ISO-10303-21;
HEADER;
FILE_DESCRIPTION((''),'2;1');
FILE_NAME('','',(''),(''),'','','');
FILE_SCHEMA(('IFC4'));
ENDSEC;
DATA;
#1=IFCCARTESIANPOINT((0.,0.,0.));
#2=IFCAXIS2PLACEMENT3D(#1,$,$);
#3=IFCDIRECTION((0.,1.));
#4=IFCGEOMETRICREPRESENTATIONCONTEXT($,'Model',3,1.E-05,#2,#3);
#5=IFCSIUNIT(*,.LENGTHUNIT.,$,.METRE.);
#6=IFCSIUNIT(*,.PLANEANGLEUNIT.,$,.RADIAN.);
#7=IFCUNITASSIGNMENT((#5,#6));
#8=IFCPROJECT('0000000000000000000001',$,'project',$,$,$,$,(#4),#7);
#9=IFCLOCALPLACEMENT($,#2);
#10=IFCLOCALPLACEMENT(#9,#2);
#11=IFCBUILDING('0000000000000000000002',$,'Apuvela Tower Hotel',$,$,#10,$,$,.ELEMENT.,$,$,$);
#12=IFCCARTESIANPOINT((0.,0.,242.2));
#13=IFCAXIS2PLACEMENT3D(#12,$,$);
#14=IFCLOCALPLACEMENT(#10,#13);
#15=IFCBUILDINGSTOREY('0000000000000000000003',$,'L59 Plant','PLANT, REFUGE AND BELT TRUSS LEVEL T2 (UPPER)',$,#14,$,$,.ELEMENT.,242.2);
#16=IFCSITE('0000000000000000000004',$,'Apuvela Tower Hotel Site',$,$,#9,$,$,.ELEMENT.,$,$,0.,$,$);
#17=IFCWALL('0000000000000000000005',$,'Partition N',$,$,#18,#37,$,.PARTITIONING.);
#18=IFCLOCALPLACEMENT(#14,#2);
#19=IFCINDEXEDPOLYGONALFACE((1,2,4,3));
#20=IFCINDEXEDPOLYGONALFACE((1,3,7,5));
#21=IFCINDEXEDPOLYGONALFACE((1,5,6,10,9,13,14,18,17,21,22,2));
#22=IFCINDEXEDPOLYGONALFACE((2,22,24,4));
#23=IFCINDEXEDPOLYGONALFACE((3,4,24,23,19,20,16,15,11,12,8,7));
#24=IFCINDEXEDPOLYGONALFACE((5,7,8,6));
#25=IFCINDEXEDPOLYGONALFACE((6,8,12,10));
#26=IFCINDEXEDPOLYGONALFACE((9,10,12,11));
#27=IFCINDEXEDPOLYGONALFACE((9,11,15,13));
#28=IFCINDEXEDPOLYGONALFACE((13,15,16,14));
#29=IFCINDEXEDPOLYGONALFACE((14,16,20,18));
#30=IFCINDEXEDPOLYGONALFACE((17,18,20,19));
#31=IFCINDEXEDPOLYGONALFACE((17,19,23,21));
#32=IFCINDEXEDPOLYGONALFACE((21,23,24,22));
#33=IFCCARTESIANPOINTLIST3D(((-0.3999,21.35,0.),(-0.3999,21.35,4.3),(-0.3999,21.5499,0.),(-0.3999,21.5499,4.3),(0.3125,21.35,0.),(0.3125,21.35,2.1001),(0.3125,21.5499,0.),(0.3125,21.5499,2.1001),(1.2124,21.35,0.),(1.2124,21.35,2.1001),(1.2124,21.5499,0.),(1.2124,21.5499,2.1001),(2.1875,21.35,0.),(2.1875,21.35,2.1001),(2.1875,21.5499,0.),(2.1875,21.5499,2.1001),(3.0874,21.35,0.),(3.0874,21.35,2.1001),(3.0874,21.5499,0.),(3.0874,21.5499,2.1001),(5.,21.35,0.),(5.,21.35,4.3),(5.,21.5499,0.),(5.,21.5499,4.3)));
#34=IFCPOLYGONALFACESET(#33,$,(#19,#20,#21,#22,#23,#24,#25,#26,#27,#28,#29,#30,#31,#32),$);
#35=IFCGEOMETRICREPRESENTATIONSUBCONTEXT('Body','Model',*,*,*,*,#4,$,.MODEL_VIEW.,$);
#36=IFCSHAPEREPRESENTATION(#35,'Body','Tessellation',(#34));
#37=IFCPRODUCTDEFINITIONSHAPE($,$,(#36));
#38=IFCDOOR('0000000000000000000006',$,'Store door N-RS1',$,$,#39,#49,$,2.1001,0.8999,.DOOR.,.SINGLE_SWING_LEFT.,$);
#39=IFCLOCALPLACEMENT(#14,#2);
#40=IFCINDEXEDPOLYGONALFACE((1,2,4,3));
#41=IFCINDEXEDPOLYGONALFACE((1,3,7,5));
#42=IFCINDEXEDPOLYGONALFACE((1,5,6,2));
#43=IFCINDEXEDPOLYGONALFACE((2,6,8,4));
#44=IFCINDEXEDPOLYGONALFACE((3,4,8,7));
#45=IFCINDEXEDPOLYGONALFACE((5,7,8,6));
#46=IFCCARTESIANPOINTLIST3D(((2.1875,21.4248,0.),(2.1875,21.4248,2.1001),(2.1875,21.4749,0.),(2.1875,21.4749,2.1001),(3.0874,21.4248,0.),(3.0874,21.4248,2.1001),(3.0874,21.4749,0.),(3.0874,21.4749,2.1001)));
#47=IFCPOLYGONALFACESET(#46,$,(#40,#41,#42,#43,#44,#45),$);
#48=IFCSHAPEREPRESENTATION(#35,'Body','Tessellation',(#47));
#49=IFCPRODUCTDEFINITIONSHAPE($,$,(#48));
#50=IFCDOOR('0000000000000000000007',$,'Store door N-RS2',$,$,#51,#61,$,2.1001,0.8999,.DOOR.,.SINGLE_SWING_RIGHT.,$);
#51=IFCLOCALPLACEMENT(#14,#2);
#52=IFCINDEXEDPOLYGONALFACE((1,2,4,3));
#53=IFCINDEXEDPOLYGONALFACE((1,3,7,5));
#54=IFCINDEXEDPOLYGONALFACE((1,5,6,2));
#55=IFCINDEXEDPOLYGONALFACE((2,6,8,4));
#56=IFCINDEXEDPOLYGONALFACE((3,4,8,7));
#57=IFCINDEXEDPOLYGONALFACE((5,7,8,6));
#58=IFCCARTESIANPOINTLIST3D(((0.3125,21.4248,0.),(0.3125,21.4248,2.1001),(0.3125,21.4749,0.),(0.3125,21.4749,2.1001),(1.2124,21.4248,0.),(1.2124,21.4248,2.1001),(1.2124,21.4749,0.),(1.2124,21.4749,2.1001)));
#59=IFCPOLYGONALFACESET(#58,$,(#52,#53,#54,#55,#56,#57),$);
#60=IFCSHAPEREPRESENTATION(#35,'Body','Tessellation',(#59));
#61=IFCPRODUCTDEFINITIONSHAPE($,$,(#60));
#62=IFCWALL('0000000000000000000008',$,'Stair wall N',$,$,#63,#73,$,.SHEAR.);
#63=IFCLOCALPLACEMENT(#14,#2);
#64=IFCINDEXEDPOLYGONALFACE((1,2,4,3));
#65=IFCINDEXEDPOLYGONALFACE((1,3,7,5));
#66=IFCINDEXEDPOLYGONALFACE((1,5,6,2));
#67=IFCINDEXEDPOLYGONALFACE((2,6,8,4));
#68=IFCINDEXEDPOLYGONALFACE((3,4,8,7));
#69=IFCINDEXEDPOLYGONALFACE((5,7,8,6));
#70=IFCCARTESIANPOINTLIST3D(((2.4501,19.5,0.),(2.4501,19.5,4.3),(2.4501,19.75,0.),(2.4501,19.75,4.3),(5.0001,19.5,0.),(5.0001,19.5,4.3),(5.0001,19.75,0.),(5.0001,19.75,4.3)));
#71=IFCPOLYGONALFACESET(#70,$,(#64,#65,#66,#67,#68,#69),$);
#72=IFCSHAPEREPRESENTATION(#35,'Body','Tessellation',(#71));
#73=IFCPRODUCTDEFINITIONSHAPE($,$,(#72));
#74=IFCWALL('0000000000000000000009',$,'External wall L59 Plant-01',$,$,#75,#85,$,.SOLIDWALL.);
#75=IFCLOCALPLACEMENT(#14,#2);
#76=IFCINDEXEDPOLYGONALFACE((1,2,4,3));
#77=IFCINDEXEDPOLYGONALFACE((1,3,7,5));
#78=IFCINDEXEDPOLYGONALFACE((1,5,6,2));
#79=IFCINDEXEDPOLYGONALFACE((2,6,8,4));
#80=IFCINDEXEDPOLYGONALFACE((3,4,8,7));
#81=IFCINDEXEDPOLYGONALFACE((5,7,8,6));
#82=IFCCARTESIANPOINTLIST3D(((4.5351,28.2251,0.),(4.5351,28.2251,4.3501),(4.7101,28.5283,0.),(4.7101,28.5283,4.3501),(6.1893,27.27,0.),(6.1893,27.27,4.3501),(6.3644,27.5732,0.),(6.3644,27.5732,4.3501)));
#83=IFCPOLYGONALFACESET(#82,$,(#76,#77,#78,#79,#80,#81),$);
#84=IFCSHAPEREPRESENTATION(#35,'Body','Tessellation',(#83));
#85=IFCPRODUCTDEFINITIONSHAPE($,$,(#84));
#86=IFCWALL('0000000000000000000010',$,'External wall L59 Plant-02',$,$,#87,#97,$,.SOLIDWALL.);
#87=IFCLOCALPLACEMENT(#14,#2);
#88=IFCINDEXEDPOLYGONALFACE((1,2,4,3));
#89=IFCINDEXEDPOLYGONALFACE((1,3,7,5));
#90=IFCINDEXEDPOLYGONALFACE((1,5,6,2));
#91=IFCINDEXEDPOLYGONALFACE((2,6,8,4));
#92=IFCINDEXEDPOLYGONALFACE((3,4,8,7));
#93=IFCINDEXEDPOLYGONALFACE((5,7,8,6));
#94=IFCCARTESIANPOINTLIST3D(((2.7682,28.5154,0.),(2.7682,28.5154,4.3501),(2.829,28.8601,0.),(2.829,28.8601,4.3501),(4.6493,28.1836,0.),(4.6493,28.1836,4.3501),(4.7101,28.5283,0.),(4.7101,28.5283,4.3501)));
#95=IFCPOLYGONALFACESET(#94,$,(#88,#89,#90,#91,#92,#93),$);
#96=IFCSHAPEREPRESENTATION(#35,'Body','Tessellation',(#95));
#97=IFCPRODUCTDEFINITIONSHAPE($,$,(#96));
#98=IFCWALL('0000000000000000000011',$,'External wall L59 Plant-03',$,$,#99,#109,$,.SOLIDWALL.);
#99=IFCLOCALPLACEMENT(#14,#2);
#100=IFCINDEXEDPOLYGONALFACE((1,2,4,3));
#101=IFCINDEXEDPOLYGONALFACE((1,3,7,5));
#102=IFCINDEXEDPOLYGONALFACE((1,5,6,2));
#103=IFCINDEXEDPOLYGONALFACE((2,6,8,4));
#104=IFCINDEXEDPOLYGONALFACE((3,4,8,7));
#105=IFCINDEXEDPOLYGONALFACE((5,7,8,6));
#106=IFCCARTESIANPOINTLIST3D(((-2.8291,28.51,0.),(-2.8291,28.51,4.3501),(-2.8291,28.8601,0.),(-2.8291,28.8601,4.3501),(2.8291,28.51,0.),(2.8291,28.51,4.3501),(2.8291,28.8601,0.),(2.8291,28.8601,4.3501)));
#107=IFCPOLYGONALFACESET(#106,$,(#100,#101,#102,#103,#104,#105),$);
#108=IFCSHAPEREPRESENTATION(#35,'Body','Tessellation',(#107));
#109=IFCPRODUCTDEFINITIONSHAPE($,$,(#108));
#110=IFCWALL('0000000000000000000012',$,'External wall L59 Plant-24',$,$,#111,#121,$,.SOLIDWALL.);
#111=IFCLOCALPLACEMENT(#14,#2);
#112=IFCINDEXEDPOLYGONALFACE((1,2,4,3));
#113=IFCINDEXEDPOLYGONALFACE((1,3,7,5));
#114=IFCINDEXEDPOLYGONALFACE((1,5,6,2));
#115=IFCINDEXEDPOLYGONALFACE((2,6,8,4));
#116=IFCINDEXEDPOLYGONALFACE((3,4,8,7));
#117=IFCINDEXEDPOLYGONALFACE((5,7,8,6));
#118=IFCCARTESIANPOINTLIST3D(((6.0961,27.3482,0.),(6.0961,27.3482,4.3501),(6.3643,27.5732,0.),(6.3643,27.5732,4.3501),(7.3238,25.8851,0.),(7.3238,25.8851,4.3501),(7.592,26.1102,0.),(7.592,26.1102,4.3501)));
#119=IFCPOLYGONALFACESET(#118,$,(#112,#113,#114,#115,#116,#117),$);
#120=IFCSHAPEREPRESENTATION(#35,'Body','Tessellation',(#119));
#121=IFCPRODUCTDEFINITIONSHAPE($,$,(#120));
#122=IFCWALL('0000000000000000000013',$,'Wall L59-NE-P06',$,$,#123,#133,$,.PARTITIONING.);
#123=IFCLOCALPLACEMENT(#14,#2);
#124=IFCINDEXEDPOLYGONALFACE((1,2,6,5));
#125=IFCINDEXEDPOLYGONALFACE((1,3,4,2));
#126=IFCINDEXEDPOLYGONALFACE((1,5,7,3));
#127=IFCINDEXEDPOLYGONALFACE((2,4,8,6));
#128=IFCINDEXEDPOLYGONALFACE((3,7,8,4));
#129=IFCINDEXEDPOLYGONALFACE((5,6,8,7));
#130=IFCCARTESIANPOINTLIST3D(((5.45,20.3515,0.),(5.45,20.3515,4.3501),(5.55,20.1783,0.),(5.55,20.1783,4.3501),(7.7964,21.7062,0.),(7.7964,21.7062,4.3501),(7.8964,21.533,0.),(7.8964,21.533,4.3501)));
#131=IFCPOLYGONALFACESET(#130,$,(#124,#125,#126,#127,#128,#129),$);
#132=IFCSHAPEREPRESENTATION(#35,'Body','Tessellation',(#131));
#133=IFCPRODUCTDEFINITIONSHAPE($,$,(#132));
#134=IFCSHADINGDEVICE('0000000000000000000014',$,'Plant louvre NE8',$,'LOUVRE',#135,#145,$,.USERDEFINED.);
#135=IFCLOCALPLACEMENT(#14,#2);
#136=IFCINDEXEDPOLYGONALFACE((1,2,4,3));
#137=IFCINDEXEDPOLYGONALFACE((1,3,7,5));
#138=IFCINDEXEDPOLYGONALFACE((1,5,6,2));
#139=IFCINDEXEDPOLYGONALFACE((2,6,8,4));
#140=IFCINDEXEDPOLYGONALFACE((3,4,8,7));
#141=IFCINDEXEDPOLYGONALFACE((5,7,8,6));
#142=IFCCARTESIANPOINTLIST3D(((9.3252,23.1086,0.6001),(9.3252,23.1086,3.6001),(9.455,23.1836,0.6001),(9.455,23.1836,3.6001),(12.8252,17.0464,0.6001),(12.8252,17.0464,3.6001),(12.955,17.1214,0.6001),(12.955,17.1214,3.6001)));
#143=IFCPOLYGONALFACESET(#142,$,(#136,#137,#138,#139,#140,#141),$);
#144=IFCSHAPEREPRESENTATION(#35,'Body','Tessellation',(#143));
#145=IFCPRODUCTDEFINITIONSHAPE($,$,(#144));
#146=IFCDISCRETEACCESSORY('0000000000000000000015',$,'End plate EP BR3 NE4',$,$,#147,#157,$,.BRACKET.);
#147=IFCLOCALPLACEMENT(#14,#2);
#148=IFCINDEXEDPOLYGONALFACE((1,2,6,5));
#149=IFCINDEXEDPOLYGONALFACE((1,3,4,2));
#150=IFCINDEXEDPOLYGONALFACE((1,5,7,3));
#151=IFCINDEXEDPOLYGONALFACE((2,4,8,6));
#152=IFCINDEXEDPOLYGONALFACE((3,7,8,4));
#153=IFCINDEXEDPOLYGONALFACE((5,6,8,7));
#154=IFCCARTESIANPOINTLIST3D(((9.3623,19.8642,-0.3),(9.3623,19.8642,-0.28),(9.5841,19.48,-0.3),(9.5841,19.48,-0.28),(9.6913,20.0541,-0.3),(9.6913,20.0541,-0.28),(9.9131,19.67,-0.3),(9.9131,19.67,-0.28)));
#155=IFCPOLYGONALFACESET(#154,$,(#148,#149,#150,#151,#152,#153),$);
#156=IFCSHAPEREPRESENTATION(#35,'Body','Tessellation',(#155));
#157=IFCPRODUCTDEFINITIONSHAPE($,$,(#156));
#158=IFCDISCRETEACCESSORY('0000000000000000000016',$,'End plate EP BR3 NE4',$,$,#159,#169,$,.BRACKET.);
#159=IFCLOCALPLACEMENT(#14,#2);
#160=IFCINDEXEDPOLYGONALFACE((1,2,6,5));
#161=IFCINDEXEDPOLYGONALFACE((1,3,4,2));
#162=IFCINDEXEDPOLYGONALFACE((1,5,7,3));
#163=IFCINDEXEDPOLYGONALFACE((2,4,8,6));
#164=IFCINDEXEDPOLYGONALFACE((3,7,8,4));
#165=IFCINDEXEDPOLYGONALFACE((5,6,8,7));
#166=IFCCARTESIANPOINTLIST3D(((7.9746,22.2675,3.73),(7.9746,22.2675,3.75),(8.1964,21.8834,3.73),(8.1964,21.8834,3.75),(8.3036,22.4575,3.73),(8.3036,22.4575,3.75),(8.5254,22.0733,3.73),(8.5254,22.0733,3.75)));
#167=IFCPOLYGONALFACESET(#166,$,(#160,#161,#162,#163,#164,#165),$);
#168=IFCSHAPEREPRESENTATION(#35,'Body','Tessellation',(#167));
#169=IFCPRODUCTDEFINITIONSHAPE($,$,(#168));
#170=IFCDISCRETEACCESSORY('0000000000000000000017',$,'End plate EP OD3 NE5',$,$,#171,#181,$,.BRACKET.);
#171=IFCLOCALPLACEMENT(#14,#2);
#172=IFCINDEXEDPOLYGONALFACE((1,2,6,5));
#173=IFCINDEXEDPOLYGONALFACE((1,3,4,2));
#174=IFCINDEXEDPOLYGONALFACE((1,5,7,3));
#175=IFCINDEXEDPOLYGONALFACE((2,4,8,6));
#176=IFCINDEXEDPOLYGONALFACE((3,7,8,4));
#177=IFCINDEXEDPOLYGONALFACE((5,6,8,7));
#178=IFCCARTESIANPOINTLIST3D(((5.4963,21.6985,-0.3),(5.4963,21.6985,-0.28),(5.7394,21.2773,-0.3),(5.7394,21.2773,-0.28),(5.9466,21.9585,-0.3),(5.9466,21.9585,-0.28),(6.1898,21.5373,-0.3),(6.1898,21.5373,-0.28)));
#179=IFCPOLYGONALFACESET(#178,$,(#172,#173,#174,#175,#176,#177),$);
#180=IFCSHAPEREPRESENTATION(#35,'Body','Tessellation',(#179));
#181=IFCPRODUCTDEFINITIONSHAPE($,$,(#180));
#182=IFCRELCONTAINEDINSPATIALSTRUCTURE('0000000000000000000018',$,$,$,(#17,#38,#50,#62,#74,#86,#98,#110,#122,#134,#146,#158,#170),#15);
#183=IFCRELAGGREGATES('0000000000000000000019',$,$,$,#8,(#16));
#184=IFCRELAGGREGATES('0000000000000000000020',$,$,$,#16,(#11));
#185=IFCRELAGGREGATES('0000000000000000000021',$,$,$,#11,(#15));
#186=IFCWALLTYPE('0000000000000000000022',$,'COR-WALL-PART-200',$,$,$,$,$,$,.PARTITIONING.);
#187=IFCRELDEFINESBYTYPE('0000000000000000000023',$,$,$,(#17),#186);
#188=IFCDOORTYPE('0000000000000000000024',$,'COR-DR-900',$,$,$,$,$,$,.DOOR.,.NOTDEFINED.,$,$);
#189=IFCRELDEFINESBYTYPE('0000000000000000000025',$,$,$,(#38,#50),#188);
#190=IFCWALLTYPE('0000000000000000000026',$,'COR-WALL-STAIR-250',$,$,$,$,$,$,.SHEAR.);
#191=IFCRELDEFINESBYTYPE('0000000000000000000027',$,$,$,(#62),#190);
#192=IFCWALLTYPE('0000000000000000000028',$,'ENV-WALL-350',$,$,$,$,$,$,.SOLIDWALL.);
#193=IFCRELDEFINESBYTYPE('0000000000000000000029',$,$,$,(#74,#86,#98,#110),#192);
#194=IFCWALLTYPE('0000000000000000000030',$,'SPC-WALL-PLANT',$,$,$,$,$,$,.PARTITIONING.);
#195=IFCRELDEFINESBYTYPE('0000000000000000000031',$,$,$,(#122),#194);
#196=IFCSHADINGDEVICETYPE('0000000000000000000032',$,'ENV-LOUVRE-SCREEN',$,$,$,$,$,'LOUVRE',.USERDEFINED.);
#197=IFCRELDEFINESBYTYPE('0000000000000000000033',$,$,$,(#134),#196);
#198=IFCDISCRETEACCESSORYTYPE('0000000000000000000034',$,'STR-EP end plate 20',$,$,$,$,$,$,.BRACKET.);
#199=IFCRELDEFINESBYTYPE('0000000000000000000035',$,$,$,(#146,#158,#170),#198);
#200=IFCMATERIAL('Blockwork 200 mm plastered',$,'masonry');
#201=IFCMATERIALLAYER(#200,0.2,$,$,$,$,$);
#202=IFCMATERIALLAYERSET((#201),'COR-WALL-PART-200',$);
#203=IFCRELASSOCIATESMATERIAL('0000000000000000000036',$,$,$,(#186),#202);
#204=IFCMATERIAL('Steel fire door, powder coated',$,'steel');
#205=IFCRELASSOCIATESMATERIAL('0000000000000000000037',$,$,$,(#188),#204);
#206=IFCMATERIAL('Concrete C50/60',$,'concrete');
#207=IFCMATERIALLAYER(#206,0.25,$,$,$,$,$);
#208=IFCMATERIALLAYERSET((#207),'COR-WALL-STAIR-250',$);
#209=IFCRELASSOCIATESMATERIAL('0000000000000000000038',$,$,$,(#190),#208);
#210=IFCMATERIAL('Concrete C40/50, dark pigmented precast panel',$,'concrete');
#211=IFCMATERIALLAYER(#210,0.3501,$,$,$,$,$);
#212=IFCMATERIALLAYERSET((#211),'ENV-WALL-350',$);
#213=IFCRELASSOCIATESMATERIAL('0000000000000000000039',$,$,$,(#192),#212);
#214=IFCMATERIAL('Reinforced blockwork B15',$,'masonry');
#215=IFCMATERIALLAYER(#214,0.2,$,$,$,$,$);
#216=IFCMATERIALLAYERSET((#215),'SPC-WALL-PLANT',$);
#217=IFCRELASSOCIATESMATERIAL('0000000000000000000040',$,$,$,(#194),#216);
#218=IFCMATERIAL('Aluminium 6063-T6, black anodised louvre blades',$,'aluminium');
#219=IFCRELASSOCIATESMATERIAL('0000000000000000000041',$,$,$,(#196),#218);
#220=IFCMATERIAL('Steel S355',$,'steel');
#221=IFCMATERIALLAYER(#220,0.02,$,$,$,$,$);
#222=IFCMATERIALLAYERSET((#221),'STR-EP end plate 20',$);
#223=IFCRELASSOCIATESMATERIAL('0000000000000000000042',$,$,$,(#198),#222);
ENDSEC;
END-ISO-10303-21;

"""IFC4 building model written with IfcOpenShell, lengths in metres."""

from ifc_helpers import new_model, si_unit, direction, frame, frame_2d, origin, origin_2d, place, context, subcontext, project, spatial, rectangle, extrude, material, layer, layer_set, type_object, element, fill, save


model = new_model("IFC4")

# Units and contexts
model_context = context("Model", 3, precision=1e-05, world=origin(), true_north=direction((0.0, 1.0)))
body_context = subcontext(model_context, "Body", "Model", "MODEL_VIEW")
ifc_project = project(units=[si_unit("LENGTHUNIT", "METRE"), si_unit("PLANEANGLEUNIT", "RADIAN")], contexts=[model_context])

# Site, building, storey
site_placement = place(None, origin())
site = spatial("IfcSite", under=ifc_project, at=site_placement, Name="Apuvela Tower Hotel Site", CompositionType="ELEMENT", RefElevation=0.0)
building_placement = place(site_placement, origin())
building = spatial("IfcBuilding", under=site, at=building_placement, Name="Apuvela Tower Hotel", CompositionType="ELEMENT")
storey_placement = place(building_placement, frame((0.0, 0.0, 242.2)))
storey = spatial("IfcBuildingStorey", under=building, at=storey_placement, Name="L59 Plant", Description="PLANT, REFUGE AND BELT TRUSS LEVEL T2 (UPPER)", CompositionType="ELEMENT", Elevation=242.2)

# Shared definitions
ifc_material_1 = material(Name="Steel S355", Category="steel")

# Wall, openings, doors
ifc_material_2 = material(Name="Blockwork 200 mm plastered", Category="masonry")
ifc_layer_1 = layer(ifc_material_2, 0.2)
ifc_layer_set_1 = layer_set([ifc_layer_1], Name="COR-WALL-PART-200")
wall_type_1 = type_object("IfcWallType", Name="COR-WALL-PART-200", PredefinedType="PARTITIONING", material=ifc_layer_set_1)
wall_1_placement = place(storey_placement, frame((5.0, 21.45, 0.0), z_axis=(0.0, 0.0, 1.0), x_axis=(-1.0, 0.0, 0.0)))
wall_1 = element("IfcWall", 1, at=wall_1_placement, inside=storey, type_object=wall_type_1, Name="Partition N", PredefinedType="PARTITIONING", context=body_context, shape_type="SweptSolid", body=[
    extrude(rectangle(XDim=5.3999, YDim=0.2, at=frame_2d((2.7, 0.0))), origin(), (0.0, 0.0, 1.0), 4.3),
])
opening_1_placement = place(wall_1_placement, frame((1.9126, 0.0, 0.0)))
opening_1 = element("IfcOpeningElement", 2, at=opening_1_placement, cuts=wall_1, PredefinedType="OPENING", context=body_context, shape_type="SweptSolid", body=[
    extrude(rectangle(XDim=0.8999, YDim=2.1001, at=frame_2d((0.45, 1.05))), frame((0.0, 0.1099, 0.0), z_axis=(0.0, -1.0, 0.0), x_axis=(1.0, 0.0, 0.0)), (0.0, 0.0, 1.0), 0.22),
])
opening_2_placement = place(wall_1_placement, frame((3.7876, 0.0, 0.0)))
opening_2 = element("IfcOpeningElement", 3, at=opening_2_placement, cuts=wall_1, PredefinedType="OPENING", context=body_context, shape_type="SweptSolid", body=[
    extrude(rectangle(XDim=0.8999, YDim=2.1001, at=frame_2d((0.45, 1.05))), frame((0.0, 0.1099, 0.0), z_axis=(0.0, -1.0, 0.0), x_axis=(1.0, 0.0, 0.0)), (0.0, 0.0, 1.0), 0.22),
])
ifc_material_3 = material(Name="Steel fire door, powder coated", Category="steel")
door_type_1 = type_object("IfcDoorType", Name="COR-DR-900", OperationType="NOTDEFINED", PredefinedType="DOOR", material=ifc_material_3)
door_1_placement = place(opening_1_placement, frame((0.8999, 0.0, 0.0), z_axis=(0.0, 0.0, 1.0), x_axis=(-1.0, 0.0, 0.0)))
door_1 = element("IfcDoor", 4, at=door_1_placement, inside=storey, type_object=door_type_1, Name="Store door N-RS1", OperationType="SINGLE_SWING_LEFT", OverallHeight=2.1001, OverallWidth=0.8999, PredefinedType="DOOR", context=body_context, shape_type="SweptSolid", body=[
    extrude(rectangle(XDim=0.8999, YDim=2.1001, at=frame_2d((0.45, 1.05))), frame((0.0, 0.0249, 0.0), z_axis=(0.0, -1.0, 0.0), x_axis=(1.0, 0.0, 0.0)), (0.0, 0.0, 1.0), 0.05),
])
fill(opening_1, door_1)
door_2_placement = place(opening_2_placement, frame((0.8999, 0.0, 0.0), z_axis=(0.0, 0.0, 1.0), x_axis=(-1.0, 0.0, 0.0)))
door_2 = element("IfcDoor", 5, at=door_2_placement, inside=storey, type_object=door_type_1, Name="Store door N-RS2", OperationType="SINGLE_SWING_RIGHT", OverallHeight=2.1001, OverallWidth=0.8999, PredefinedType="DOOR", context=body_context, shape_type="SweptSolid", body=[
    extrude(rectangle(XDim=0.8999, YDim=2.1001, at=frame_2d((0.45, 1.05))), frame((0.0, 0.0249, 0.0), z_axis=(0.0, -1.0, 0.0), x_axis=(1.0, 0.0, 0.0)), (0.0, 0.0, 1.0), 0.05),
])
fill(opening_2, door_2)

# Walls
ifc_material_4 = material(Name="Concrete C50/60", Category="concrete")
ifc_layer_2 = layer(ifc_material_4, 0.25)
ifc_layer_set_2 = layer_set([ifc_layer_2], Name="COR-WALL-STAIR-250")
wall_type_2 = type_object("IfcWallType", Name="COR-WALL-STAIR-250", PredefinedType="SHEAR", material=ifc_layer_set_2)
wall_2_placement = place(storey_placement, frame((5.0, 19.625, 0.0), z_axis=(0.0, 0.0, 1.0), x_axis=(-1.0, 0.0, 0.0)))
element("IfcWall", 6, at=wall_2_placement, inside=storey, type_object=wall_type_2, Name="Stair wall N", PredefinedType="SHEAR", context=body_context, shape_type="SweptSolid", body=[
    extrude(rectangle(XDim=2.55, YDim=0.25, at=frame_2d((1.2749, 0.0))), origin(), (0.0, 0.0, 1.0), 4.3),
])
ifc_material_5 = material(Name="Concrete C40/50, dark pigmented precast panel", Category="concrete")
ifc_layer_3 = layer(ifc_material_5, 0.3501)
ifc_layer_set_3 = layer_set([ifc_layer_3], Name="ENV-WALL-350")
wall_type_3 = type_object("IfcWallType", Name="ENV-WALL-350", PredefinedType="SOLIDWALL", material=ifc_layer_set_3)
for number, where, z_axis, x_axis, name in (
    (7, (6.2769, 27.4216, 0.0), (0.0, 0.0, 1.0), (-0.866032, 0.499988, 0.0), "External wall L59 Plant-01"),
    (8, (4.6797, 28.356, 0.0), (0.0, 0.0, 1.0), (-0.984799, 0.173698, 0.0), "External wall L59 Plant-02"),
):
    element("IfcWall", number, at=place(storey_placement, frame(where, z_axis=z_axis, x_axis=x_axis)), inside=storey, type_object=wall_type_3, Name=name, PredefinedType="SOLIDWALL", context=body_context, shape_type="SweptSolid", body=[
        extrude(rectangle(XDim=1.9102, YDim=0.3501, at=frame_2d((0.9551, 0.0))), origin(), (0.0, 0.0, 1.0), 4.3501),
    ])
wall_3_placement = place(storey_placement, frame((2.8291, 28.6851, 0.0), z_axis=(0.0, 0.0, 1.0), x_axis=(-1.0, 0.0, 0.0)))
element("IfcWall", 9, at=wall_3_placement, inside=storey, type_object=wall_type_3, Name="External wall L59 Plant-03", PredefinedType="SOLIDWALL", context=body_context, shape_type="SweptSolid", body=[
    extrude(rectangle(XDim=5.6582, YDim=0.3501, at=frame_2d((2.8291, 0.0))), origin(), (0.0, 0.0, 1.0), 4.3501),
])
wall_4_placement = place(storey_placement, frame((7.458, 25.9976, 0.0), z_axis=(0.0, 0.0, 1.0), x_axis=(-0.642808, 0.766027, 0.0)))
element("IfcWall", 10, at=wall_4_placement, inside=storey, type_object=wall_type_3, Name="External wall L59 Plant-24", PredefinedType="SOLIDWALL", context=body_context, shape_type="SweptSolid", body=[
    extrude(rectangle(XDim=1.9099, YDim=0.3501, at=frame_2d((0.9551, 0.0))), origin(), (0.0, 0.0, 1.0), 4.3501),
])
ifc_material_6 = material(Name="Reinforced blockwork B15", Category="masonry")
ifc_layer_4 = layer(ifc_material_6, 0.2)
ifc_layer_set_4 = layer_set([ifc_layer_4], Name="SPC-WALL-PLANT")
wall_type_4 = type_object("IfcWallType", Name="SPC-WALL-PLANT", PredefinedType="PARTITIONING", material=ifc_layer_set_4)
wall_5_placement = place(storey_placement, frame((7.8464, 21.6196, 0.0), z_axis=(0.0, 0.0, 1.0), x_axis=(-0.866022, -0.500006, 0.0)))
element("IfcWall", 11, at=wall_5_placement, inside=storey, type_object=wall_type_4, Name="Wall L59-NE-P06", PredefinedType="PARTITIONING", context=body_context, shape_type="SweptSolid", body=[
    extrude(rectangle(XDim=2.7095, YDim=0.2, at=frame_2d((1.3547, 0.0))), origin(), (0.0, 0.0, 1.0), 4.3501),
])

# Shading device
ifc_material_7 = material(Name="Aluminium 6063-T6, black anodised louvre blades", Category="aluminium")
shading_device_type = type_object("IfcShadingDeviceType", Name="ENV-LOUVRE-SCREEN", ElementType="LOUVRE", PredefinedType="USERDEFINED", material=ifc_material_7)
shading_device_placement = place(storey_placement, frame((11.1401, 20.115, 0.6001), z_axis=(0.0, 0.0, 1.0), x_axis=(-0.5, 0.866025, 0.0)))
element("IfcShadingDevice", 12, at=shading_device_placement, inside=storey, type_object=shading_device_type, Name="Plant louvre NE8", ObjectType="LOUVRE", PredefinedType="USERDEFINED", context=body_context, shape_type="SweptSolid", body=[
    extrude(rectangle(XDim=7.0, YDim=0.1499, at=origin_2d()), origin(), (0.0, 0.0, 1.0), 3.0),
])

# Discrete accessories
ifc_layer_5 = layer(ifc_material_1, 0.02)
ifc_layer_set_5 = layer_set([ifc_layer_5], Name="STR-EP end plate 20")
discrete_accessory_type = type_object("IfcDiscreteAccessoryType", Name="STR-EP end plate 20", PredefinedType="BRACKET", material=ifc_layer_set_5)
for number, where, z_axis, x_axis, name in (
    (13, (9.6377, 19.7671, -0.3), (0.0, 0.0, 1.0), (-0.5, 0.866025, 0.0), "End plate EP BR3 NE4"),
    (14, (8.25, 22.1704, 3.73), (0.0, 0.0, 1.0), (-0.5, 0.866025, 0.0), "End plate EP BR3 NE4"),
):
    element("IfcDiscreteAccessory", number, at=place(storey_placement, frame(where, z_axis=z_axis, x_axis=x_axis)), inside=storey, type_object=discrete_accessory_type, Name=name, PredefinedType="BRACKET", context=body_context, shape_type="SweptSolid", body=[
        extrude(rectangle(XDim=0.4436, YDim=0.3799, at=origin_2d()), origin(), (0.0, 0.0, 1.0), 0.02),
    ])
for number, where, z_axis, x_axis, name in (
    (15, (5.843, 21.6179, -0.3), (0.0, 0.0, 1.0), (0.866025, 0.5, 0.0), "End plate EP OD3 NE5"),
):
    element("IfcDiscreteAccessory", number, at=place(storey_placement, frame(where, z_axis=z_axis, x_axis=x_axis)), inside=storey, type_object=discrete_accessory_type, Name=name, PredefinedType="BRACKET", context=body_context, shape_type="SweptSolid", body=[
        extrude(rectangle(XDim=0.52, YDim=0.4863, at=origin_2d()), origin(), (0.0, 0.0, 1.0), 0.02),
    ])

save(model, "model.ifc")
